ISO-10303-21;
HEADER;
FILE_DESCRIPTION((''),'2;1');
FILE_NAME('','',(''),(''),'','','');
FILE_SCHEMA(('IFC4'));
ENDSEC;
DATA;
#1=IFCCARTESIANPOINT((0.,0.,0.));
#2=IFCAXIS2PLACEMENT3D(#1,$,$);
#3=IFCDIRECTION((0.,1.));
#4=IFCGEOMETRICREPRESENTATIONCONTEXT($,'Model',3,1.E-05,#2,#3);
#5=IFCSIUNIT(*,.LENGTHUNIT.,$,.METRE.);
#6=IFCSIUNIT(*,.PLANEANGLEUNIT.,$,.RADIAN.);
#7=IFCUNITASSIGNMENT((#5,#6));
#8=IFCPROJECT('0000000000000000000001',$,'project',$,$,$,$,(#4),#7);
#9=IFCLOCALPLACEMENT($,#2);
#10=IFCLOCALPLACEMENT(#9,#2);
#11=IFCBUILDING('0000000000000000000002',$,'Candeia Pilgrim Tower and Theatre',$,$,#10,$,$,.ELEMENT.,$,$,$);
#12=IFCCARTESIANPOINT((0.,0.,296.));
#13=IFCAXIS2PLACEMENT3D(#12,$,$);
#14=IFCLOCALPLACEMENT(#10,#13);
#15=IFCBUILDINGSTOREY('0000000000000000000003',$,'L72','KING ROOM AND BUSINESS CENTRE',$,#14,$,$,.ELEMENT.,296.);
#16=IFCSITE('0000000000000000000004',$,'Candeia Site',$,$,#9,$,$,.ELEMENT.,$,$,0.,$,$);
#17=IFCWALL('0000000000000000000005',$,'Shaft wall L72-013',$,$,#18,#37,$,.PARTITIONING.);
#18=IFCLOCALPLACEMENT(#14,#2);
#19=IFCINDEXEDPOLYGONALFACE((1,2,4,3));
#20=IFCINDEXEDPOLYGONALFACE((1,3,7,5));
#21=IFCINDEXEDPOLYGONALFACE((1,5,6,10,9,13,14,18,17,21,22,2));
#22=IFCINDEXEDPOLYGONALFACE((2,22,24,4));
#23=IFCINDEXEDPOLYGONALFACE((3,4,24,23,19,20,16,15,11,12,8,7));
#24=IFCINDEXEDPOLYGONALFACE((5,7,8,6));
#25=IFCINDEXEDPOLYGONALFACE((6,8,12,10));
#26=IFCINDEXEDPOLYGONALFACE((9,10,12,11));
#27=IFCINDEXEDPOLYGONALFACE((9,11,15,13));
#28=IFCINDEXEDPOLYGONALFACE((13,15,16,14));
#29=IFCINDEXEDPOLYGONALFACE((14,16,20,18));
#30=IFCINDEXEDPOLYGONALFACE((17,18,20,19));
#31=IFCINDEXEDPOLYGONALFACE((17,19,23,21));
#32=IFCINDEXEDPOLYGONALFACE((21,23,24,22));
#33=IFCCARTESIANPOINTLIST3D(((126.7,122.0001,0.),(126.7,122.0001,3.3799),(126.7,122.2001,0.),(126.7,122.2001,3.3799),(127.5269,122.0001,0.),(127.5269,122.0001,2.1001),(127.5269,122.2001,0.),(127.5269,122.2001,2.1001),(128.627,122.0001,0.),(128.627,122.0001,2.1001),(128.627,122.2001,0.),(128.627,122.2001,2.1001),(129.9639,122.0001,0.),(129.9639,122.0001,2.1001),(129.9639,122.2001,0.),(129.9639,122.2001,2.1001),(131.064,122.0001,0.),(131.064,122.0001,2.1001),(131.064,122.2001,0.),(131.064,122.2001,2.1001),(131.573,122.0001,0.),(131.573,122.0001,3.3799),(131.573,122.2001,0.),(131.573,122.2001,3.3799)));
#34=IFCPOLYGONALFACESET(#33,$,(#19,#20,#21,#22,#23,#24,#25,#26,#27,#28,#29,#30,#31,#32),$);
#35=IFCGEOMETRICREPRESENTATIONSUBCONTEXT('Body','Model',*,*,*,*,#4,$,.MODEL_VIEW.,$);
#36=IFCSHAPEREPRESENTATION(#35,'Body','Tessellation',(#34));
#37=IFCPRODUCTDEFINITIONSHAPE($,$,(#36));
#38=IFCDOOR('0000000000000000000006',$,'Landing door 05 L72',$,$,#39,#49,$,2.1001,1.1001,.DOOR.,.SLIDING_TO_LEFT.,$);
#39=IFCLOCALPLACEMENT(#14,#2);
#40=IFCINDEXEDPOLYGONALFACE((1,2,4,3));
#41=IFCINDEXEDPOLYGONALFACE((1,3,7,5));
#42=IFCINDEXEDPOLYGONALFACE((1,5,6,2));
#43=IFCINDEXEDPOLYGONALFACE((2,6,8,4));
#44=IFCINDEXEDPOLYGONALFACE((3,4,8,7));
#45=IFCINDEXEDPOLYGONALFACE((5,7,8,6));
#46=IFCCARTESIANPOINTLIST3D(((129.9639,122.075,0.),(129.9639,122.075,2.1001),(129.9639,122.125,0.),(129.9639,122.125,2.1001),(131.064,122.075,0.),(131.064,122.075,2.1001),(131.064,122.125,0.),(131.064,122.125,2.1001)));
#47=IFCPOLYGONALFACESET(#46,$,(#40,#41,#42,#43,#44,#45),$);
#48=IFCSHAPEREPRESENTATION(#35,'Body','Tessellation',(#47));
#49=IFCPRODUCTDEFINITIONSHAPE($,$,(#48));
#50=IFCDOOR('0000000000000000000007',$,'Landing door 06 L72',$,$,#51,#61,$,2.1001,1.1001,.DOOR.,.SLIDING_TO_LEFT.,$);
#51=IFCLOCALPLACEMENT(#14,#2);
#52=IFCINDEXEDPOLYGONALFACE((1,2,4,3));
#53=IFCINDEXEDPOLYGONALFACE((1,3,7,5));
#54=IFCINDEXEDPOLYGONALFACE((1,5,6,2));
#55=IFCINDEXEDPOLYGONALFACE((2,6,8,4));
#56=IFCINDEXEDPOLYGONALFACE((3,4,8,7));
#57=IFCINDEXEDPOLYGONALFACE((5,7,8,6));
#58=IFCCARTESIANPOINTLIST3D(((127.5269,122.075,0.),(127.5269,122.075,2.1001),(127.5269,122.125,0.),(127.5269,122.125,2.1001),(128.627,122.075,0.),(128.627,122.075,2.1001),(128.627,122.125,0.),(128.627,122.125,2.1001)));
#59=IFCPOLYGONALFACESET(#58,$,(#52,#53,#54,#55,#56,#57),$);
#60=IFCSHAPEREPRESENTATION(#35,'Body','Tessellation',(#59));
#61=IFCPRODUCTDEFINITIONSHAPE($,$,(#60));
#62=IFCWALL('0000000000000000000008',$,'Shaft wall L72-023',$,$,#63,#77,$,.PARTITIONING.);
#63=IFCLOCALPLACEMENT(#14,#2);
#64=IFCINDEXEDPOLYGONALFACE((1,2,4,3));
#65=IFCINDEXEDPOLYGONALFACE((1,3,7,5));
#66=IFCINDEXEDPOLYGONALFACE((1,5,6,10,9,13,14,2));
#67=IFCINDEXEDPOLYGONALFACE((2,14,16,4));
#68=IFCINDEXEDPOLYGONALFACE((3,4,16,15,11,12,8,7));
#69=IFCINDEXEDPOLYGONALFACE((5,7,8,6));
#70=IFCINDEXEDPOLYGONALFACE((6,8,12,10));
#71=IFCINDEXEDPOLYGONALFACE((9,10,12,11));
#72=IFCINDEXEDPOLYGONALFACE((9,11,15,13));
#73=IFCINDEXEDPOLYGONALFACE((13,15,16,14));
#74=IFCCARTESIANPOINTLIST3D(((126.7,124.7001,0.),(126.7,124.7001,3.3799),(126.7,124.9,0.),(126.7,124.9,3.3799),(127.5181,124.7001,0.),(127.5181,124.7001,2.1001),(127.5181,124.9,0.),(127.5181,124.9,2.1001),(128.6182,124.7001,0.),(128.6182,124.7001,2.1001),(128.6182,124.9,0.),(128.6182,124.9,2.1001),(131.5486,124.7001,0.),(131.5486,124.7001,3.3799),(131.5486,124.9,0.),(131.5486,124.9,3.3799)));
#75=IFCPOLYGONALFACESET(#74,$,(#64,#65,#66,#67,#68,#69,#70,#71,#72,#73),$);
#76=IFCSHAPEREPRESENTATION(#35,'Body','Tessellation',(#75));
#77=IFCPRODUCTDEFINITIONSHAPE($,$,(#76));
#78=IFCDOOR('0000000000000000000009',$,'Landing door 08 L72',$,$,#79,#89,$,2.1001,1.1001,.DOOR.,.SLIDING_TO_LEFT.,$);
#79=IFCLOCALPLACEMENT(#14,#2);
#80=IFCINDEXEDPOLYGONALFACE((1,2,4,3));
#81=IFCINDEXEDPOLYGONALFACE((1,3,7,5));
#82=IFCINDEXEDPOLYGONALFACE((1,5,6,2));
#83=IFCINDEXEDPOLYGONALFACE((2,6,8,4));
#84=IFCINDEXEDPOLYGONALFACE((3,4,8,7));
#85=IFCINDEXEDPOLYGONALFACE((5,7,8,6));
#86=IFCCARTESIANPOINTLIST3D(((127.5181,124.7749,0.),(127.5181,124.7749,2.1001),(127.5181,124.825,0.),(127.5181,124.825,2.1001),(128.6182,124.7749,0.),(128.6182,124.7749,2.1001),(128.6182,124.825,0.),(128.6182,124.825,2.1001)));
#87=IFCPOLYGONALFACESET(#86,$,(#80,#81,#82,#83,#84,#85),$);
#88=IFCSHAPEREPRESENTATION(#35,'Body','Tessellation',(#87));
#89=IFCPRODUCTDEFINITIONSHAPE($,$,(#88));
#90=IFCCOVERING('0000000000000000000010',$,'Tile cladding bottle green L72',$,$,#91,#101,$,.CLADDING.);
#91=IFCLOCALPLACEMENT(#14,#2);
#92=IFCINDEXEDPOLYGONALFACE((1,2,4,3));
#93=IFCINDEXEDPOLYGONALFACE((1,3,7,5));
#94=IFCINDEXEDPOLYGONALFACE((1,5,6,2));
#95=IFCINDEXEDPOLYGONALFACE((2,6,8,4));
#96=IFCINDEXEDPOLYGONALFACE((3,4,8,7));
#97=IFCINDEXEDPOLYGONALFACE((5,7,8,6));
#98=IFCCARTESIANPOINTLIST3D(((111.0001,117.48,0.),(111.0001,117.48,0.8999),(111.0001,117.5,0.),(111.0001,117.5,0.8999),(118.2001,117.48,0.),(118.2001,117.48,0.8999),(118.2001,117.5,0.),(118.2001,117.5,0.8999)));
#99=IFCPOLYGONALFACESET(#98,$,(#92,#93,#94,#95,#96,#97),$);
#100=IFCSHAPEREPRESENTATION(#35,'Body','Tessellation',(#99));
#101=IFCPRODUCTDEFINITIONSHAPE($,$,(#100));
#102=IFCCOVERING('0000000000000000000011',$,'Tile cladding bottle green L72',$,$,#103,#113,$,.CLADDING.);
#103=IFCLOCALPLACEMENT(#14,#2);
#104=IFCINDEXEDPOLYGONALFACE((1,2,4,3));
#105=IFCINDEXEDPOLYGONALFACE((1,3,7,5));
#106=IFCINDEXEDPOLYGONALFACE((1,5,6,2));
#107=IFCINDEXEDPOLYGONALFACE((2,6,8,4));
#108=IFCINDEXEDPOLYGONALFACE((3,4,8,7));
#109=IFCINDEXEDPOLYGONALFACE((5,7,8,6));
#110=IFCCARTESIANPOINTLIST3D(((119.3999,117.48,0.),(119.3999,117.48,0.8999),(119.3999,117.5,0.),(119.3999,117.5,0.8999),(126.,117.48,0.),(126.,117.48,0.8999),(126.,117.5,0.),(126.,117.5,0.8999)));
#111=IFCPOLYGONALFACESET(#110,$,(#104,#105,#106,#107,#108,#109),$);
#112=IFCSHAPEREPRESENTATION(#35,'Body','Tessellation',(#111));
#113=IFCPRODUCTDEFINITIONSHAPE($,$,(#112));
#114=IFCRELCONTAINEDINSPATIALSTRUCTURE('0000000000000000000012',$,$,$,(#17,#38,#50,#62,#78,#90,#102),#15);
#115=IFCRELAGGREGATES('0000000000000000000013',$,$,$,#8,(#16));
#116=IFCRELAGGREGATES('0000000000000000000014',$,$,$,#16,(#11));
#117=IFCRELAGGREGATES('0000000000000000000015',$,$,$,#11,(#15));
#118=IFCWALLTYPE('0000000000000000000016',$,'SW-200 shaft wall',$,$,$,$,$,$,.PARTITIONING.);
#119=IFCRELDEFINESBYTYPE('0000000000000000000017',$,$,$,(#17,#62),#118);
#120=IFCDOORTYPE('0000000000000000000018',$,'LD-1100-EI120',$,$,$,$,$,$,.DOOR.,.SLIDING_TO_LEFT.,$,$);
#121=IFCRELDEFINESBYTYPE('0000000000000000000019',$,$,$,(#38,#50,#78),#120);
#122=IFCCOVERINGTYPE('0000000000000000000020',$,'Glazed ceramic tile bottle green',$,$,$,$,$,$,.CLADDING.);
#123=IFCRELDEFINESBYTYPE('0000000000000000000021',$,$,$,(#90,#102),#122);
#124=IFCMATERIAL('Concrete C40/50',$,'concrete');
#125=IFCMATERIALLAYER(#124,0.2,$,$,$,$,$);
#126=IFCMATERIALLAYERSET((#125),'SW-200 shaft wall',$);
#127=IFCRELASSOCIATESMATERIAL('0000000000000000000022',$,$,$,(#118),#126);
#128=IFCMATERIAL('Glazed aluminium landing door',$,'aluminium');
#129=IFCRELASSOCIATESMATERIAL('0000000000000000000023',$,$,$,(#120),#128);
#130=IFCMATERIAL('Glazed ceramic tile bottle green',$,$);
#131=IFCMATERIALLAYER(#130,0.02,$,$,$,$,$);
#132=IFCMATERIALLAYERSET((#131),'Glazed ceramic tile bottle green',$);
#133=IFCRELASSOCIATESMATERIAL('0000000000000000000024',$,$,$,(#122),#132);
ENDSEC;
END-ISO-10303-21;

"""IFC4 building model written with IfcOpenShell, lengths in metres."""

from ifc_helpers import new_model, si_unit, direction, frame, frame_2d, origin, origin_2d, place, context, subcontext, project, spatial, rectangle, extrude, material, layer, layer_set, type_object, element, fill, save


model = new_model("IFC4")

# Units and contexts
model_context = context("Model", 3, precision=1e-05, world=origin(), true_north=direction((0.0, 1.0)))
body_context = subcontext(model_context, "Body", "Model", "MODEL_VIEW")
ifc_project = project(units=[si_unit("LENGTHUNIT", "METRE"), si_unit("PLANEANGLEUNIT", "RADIAN")], contexts=[model_context])

# Site, building, storey
site_placement = place(None, origin())
site = spatial("IfcSite", under=ifc_project, at=site_placement, Name="Candeia Site", CompositionType="ELEMENT", RefElevation=0.0)
building_placement = place(site_placement, origin())
building = spatial("IfcBuilding", under=site, at=building_placement, Name="Candeia Pilgrim Tower and Theatre", CompositionType="ELEMENT")
storey_placement = place(building_placement, frame((0.0, 0.0, 296.0)))
storey = spatial("IfcBuildingStorey", under=building, at=storey_placement, Name="L72", Description="KING ROOM AND BUSINESS CENTRE", CompositionType="ELEMENT", Elevation=296.0)

# Shared definitions
ifc_material_1 = material(Name="Concrete C40/50", Category="concrete")

# Shared definitions
ifc_layer_1 = layer(ifc_material_1, 0.2)
ifc_layer_set_1 = layer_set([ifc_layer_1], Name="SW-200 shaft wall")
wall_type_1 = type_object("IfcWallType", Name="SW-200 shaft wall", PredefinedType="PARTITIONING", material=ifc_layer_set_1)

# Wall, openings, doors
wall_1_placement = place(storey_placement, frame((126.7, 122.1001, 0.0), z_axis=(0.0, 0.0, 1.0), x_axis=(1.0, 0.0, 0.0)))
wall_1 = element("IfcWall", 1, at=wall_1_placement, inside=storey, type_object=wall_type_1, Name="Shaft wall L72-013", PredefinedType="PARTITIONING", context=body_context, shape_type="SweptSolid", body=[
    extrude(rectangle(XDim=4.873, YDim=0.2, at=frame_2d((2.4365, 0.0))), origin(), (0.0, 0.0, 1.0), 3.3799),
])
opening_1_placement = place(wall_1_placement, frame((3.2639, 0.0, 0.0)))
opening_1 = element("IfcOpeningElement", 2, at=opening_1_placement, cuts=wall_1, PredefinedType="OPENING", context=body_context, shape_type="SweptSolid", body=[
    extrude(rectangle(XDim=1.1001, YDim=2.1001, at=frame_2d((0.55, 1.05))), frame((0.0, 0.1099, 0.0), z_axis=(0.0, -1.0, 0.0), x_axis=(1.0, 0.0, 0.0)), (0.0, 0.0, 1.0), 0.22),
])
opening_2_placement = place(wall_1_placement, frame((0.8269, 0.0, 0.0)))
opening_2 = element("IfcOpeningElement", 3, at=opening_2_placement, cuts=wall_1, PredefinedType="OPENING", context=body_context, shape_type="SweptSolid", body=[
    extrude(rectangle(XDim=1.1001, YDim=2.1001, at=frame_2d((0.55, 1.05))), frame((0.0, 0.1099, 0.0), z_axis=(0.0, -1.0, 0.0), x_axis=(1.0, 0.0, 0.0)), (0.0, 0.0, 1.0), 0.22),
])
ifc_material_2 = material(Name="Glazed aluminium landing door", Category="aluminium")
door_type_1 = type_object("IfcDoorType", Name="LD-1100-EI120", OperationType="SLIDING_TO_LEFT", PredefinedType="DOOR", material=ifc_material_2)
door_1_placement = place(opening_1_placement, origin())
door_1 = element("IfcDoor", 4, at=door_1_placement, inside=storey, type_object=door_type_1, Name="Landing door 05 L72", OperationType="SLIDING_TO_LEFT", OverallHeight=2.1001, OverallWidth=1.1001, PredefinedType="DOOR", context=body_context, shape_type="SweptSolid", body=[
    extrude(rectangle(XDim=1.1001, YDim=2.1001, at=frame_2d((0.55, 1.05))), frame((0.0, 0.0249, 0.0), z_axis=(0.0, -1.0, 0.0), x_axis=(1.0, 0.0, 0.0)), (0.0, 0.0, 1.0), 0.05),
])
fill(opening_1, door_1)
door_2_placement = place(opening_2_placement, origin())
door_2 = element("IfcDoor", 5, at=door_2_placement, inside=storey, type_object=door_type_1, Name="Landing door 06 L72", OperationType="SLIDING_TO_LEFT", OverallHeight=2.1001, OverallWidth=1.1001, PredefinedType="DOOR", context=body_context, shape_type="SweptSolid", body=[
    extrude(rectangle(XDim=1.1001, YDim=2.1001, at=frame_2d((0.55, 1.05))), frame((0.0, 0.0249, 0.0), z_axis=(0.0, -1.0, 0.0), x_axis=(1.0, 0.0, 0.0)), (0.0, 0.0, 1.0), 0.05),
])
fill(opening_2, door_2)

# Wall, opening, door
wall_2_placement = place(storey_placement, frame((126.7, 124.8, 0.0), z_axis=(0.0, 0.0, 1.0), x_axis=(1.0, 0.0, 0.0)))
wall_2 = element("IfcWall", 6, at=wall_2_placement, inside=storey, type_object=wall_type_1, Name="Shaft wall L72-023", PredefinedType="PARTITIONING", context=body_context, shape_type="SweptSolid", body=[
    extrude(rectangle(XDim=4.8486, YDim=0.2, at=frame_2d((2.4243, 0.0))), origin(), (0.0, 0.0, 1.0), 3.3799),
])
opening_3_placement = place(wall_2_placement, frame((0.8181, 0.0, 0.0)))
opening_3 = element("IfcOpeningElement", 7, at=opening_3_placement, cuts=wall_2, PredefinedType="OPENING", context=body_context, shape_type="SweptSolid", body=[
    extrude(rectangle(XDim=1.1001, YDim=2.1001, at=frame_2d((0.55, 1.05))), frame((0.0, 0.1099, 0.0), z_axis=(0.0, -1.0, 0.0), x_axis=(1.0, 0.0, 0.0)), (0.0, 0.0, 1.0), 0.22),
])
door_3_placement = place(opening_3_placement, origin())
door_3 = element("IfcDoor", 8, at=door_3_placement, inside=storey, type_object=door_type_1, Name="Landing door 08 L72", OperationType="SLIDING_TO_LEFT", OverallHeight=2.1001, OverallWidth=1.1001, PredefinedType="DOOR", context=body_context, shape_type="SweptSolid", body=[
    extrude(rectangle(XDim=1.1001, YDim=2.1001, at=frame_2d((0.55, 1.05))), frame((0.0, 0.0249, 0.0), z_axis=(0.0, -1.0, 0.0), x_axis=(1.0, 0.0, 0.0)), (0.0, 0.0, 1.0), 0.05),
])
fill(opening_3, door_3)

# Coverings
ifc_material_3 = material(Name="Glazed ceramic tile bottle green")
ifc_layer_2 = layer(ifc_material_3, 0.02)
ifc_layer_set_2 = layer_set([ifc_layer_2], Name="Glazed ceramic tile bottle green")
covering_type = type_object("IfcCoveringType", Name="Glazed ceramic tile bottle green", PredefinedType="CLADDING", material=ifc_layer_set_2)
covering_1_placement = place(storey_placement, frame((114.6001, 117.49, 0.0), z_axis=(0.0, 0.0, 1.0), x_axis=(1.0, 0.0, 0.0)))
element("IfcCovering", 9, at=covering_1_placement, inside=storey, type_object=covering_type, Name="Tile cladding bottle green L72", PredefinedType="CLADDING", context=body_context, shape_type="SweptSolid", body=[
    extrude(rectangle(XDim=7.2, YDim=0.02, at=origin_2d()), origin(), (0.0, 0.0, 1.0), 0.8999),
])
covering_2_placement = place(storey_placement, frame((122.7, 117.49, 0.0), z_axis=(0.0, 0.0, 1.0), x_axis=(1.0, 0.0, 0.0)))
element("IfcCovering", 10, at=covering_2_placement, inside=storey, type_object=covering_type, Name="Tile cladding bottle green L72", PredefinedType="CLADDING", context=body_context, shape_type="SweptSolid", body=[
    extrude(rectangle(XDim=6.6001, YDim=0.02, at=origin_2d()), origin(), (0.0, 0.0, 1.0), 0.8999),
])

save(model, "model.ifc")
